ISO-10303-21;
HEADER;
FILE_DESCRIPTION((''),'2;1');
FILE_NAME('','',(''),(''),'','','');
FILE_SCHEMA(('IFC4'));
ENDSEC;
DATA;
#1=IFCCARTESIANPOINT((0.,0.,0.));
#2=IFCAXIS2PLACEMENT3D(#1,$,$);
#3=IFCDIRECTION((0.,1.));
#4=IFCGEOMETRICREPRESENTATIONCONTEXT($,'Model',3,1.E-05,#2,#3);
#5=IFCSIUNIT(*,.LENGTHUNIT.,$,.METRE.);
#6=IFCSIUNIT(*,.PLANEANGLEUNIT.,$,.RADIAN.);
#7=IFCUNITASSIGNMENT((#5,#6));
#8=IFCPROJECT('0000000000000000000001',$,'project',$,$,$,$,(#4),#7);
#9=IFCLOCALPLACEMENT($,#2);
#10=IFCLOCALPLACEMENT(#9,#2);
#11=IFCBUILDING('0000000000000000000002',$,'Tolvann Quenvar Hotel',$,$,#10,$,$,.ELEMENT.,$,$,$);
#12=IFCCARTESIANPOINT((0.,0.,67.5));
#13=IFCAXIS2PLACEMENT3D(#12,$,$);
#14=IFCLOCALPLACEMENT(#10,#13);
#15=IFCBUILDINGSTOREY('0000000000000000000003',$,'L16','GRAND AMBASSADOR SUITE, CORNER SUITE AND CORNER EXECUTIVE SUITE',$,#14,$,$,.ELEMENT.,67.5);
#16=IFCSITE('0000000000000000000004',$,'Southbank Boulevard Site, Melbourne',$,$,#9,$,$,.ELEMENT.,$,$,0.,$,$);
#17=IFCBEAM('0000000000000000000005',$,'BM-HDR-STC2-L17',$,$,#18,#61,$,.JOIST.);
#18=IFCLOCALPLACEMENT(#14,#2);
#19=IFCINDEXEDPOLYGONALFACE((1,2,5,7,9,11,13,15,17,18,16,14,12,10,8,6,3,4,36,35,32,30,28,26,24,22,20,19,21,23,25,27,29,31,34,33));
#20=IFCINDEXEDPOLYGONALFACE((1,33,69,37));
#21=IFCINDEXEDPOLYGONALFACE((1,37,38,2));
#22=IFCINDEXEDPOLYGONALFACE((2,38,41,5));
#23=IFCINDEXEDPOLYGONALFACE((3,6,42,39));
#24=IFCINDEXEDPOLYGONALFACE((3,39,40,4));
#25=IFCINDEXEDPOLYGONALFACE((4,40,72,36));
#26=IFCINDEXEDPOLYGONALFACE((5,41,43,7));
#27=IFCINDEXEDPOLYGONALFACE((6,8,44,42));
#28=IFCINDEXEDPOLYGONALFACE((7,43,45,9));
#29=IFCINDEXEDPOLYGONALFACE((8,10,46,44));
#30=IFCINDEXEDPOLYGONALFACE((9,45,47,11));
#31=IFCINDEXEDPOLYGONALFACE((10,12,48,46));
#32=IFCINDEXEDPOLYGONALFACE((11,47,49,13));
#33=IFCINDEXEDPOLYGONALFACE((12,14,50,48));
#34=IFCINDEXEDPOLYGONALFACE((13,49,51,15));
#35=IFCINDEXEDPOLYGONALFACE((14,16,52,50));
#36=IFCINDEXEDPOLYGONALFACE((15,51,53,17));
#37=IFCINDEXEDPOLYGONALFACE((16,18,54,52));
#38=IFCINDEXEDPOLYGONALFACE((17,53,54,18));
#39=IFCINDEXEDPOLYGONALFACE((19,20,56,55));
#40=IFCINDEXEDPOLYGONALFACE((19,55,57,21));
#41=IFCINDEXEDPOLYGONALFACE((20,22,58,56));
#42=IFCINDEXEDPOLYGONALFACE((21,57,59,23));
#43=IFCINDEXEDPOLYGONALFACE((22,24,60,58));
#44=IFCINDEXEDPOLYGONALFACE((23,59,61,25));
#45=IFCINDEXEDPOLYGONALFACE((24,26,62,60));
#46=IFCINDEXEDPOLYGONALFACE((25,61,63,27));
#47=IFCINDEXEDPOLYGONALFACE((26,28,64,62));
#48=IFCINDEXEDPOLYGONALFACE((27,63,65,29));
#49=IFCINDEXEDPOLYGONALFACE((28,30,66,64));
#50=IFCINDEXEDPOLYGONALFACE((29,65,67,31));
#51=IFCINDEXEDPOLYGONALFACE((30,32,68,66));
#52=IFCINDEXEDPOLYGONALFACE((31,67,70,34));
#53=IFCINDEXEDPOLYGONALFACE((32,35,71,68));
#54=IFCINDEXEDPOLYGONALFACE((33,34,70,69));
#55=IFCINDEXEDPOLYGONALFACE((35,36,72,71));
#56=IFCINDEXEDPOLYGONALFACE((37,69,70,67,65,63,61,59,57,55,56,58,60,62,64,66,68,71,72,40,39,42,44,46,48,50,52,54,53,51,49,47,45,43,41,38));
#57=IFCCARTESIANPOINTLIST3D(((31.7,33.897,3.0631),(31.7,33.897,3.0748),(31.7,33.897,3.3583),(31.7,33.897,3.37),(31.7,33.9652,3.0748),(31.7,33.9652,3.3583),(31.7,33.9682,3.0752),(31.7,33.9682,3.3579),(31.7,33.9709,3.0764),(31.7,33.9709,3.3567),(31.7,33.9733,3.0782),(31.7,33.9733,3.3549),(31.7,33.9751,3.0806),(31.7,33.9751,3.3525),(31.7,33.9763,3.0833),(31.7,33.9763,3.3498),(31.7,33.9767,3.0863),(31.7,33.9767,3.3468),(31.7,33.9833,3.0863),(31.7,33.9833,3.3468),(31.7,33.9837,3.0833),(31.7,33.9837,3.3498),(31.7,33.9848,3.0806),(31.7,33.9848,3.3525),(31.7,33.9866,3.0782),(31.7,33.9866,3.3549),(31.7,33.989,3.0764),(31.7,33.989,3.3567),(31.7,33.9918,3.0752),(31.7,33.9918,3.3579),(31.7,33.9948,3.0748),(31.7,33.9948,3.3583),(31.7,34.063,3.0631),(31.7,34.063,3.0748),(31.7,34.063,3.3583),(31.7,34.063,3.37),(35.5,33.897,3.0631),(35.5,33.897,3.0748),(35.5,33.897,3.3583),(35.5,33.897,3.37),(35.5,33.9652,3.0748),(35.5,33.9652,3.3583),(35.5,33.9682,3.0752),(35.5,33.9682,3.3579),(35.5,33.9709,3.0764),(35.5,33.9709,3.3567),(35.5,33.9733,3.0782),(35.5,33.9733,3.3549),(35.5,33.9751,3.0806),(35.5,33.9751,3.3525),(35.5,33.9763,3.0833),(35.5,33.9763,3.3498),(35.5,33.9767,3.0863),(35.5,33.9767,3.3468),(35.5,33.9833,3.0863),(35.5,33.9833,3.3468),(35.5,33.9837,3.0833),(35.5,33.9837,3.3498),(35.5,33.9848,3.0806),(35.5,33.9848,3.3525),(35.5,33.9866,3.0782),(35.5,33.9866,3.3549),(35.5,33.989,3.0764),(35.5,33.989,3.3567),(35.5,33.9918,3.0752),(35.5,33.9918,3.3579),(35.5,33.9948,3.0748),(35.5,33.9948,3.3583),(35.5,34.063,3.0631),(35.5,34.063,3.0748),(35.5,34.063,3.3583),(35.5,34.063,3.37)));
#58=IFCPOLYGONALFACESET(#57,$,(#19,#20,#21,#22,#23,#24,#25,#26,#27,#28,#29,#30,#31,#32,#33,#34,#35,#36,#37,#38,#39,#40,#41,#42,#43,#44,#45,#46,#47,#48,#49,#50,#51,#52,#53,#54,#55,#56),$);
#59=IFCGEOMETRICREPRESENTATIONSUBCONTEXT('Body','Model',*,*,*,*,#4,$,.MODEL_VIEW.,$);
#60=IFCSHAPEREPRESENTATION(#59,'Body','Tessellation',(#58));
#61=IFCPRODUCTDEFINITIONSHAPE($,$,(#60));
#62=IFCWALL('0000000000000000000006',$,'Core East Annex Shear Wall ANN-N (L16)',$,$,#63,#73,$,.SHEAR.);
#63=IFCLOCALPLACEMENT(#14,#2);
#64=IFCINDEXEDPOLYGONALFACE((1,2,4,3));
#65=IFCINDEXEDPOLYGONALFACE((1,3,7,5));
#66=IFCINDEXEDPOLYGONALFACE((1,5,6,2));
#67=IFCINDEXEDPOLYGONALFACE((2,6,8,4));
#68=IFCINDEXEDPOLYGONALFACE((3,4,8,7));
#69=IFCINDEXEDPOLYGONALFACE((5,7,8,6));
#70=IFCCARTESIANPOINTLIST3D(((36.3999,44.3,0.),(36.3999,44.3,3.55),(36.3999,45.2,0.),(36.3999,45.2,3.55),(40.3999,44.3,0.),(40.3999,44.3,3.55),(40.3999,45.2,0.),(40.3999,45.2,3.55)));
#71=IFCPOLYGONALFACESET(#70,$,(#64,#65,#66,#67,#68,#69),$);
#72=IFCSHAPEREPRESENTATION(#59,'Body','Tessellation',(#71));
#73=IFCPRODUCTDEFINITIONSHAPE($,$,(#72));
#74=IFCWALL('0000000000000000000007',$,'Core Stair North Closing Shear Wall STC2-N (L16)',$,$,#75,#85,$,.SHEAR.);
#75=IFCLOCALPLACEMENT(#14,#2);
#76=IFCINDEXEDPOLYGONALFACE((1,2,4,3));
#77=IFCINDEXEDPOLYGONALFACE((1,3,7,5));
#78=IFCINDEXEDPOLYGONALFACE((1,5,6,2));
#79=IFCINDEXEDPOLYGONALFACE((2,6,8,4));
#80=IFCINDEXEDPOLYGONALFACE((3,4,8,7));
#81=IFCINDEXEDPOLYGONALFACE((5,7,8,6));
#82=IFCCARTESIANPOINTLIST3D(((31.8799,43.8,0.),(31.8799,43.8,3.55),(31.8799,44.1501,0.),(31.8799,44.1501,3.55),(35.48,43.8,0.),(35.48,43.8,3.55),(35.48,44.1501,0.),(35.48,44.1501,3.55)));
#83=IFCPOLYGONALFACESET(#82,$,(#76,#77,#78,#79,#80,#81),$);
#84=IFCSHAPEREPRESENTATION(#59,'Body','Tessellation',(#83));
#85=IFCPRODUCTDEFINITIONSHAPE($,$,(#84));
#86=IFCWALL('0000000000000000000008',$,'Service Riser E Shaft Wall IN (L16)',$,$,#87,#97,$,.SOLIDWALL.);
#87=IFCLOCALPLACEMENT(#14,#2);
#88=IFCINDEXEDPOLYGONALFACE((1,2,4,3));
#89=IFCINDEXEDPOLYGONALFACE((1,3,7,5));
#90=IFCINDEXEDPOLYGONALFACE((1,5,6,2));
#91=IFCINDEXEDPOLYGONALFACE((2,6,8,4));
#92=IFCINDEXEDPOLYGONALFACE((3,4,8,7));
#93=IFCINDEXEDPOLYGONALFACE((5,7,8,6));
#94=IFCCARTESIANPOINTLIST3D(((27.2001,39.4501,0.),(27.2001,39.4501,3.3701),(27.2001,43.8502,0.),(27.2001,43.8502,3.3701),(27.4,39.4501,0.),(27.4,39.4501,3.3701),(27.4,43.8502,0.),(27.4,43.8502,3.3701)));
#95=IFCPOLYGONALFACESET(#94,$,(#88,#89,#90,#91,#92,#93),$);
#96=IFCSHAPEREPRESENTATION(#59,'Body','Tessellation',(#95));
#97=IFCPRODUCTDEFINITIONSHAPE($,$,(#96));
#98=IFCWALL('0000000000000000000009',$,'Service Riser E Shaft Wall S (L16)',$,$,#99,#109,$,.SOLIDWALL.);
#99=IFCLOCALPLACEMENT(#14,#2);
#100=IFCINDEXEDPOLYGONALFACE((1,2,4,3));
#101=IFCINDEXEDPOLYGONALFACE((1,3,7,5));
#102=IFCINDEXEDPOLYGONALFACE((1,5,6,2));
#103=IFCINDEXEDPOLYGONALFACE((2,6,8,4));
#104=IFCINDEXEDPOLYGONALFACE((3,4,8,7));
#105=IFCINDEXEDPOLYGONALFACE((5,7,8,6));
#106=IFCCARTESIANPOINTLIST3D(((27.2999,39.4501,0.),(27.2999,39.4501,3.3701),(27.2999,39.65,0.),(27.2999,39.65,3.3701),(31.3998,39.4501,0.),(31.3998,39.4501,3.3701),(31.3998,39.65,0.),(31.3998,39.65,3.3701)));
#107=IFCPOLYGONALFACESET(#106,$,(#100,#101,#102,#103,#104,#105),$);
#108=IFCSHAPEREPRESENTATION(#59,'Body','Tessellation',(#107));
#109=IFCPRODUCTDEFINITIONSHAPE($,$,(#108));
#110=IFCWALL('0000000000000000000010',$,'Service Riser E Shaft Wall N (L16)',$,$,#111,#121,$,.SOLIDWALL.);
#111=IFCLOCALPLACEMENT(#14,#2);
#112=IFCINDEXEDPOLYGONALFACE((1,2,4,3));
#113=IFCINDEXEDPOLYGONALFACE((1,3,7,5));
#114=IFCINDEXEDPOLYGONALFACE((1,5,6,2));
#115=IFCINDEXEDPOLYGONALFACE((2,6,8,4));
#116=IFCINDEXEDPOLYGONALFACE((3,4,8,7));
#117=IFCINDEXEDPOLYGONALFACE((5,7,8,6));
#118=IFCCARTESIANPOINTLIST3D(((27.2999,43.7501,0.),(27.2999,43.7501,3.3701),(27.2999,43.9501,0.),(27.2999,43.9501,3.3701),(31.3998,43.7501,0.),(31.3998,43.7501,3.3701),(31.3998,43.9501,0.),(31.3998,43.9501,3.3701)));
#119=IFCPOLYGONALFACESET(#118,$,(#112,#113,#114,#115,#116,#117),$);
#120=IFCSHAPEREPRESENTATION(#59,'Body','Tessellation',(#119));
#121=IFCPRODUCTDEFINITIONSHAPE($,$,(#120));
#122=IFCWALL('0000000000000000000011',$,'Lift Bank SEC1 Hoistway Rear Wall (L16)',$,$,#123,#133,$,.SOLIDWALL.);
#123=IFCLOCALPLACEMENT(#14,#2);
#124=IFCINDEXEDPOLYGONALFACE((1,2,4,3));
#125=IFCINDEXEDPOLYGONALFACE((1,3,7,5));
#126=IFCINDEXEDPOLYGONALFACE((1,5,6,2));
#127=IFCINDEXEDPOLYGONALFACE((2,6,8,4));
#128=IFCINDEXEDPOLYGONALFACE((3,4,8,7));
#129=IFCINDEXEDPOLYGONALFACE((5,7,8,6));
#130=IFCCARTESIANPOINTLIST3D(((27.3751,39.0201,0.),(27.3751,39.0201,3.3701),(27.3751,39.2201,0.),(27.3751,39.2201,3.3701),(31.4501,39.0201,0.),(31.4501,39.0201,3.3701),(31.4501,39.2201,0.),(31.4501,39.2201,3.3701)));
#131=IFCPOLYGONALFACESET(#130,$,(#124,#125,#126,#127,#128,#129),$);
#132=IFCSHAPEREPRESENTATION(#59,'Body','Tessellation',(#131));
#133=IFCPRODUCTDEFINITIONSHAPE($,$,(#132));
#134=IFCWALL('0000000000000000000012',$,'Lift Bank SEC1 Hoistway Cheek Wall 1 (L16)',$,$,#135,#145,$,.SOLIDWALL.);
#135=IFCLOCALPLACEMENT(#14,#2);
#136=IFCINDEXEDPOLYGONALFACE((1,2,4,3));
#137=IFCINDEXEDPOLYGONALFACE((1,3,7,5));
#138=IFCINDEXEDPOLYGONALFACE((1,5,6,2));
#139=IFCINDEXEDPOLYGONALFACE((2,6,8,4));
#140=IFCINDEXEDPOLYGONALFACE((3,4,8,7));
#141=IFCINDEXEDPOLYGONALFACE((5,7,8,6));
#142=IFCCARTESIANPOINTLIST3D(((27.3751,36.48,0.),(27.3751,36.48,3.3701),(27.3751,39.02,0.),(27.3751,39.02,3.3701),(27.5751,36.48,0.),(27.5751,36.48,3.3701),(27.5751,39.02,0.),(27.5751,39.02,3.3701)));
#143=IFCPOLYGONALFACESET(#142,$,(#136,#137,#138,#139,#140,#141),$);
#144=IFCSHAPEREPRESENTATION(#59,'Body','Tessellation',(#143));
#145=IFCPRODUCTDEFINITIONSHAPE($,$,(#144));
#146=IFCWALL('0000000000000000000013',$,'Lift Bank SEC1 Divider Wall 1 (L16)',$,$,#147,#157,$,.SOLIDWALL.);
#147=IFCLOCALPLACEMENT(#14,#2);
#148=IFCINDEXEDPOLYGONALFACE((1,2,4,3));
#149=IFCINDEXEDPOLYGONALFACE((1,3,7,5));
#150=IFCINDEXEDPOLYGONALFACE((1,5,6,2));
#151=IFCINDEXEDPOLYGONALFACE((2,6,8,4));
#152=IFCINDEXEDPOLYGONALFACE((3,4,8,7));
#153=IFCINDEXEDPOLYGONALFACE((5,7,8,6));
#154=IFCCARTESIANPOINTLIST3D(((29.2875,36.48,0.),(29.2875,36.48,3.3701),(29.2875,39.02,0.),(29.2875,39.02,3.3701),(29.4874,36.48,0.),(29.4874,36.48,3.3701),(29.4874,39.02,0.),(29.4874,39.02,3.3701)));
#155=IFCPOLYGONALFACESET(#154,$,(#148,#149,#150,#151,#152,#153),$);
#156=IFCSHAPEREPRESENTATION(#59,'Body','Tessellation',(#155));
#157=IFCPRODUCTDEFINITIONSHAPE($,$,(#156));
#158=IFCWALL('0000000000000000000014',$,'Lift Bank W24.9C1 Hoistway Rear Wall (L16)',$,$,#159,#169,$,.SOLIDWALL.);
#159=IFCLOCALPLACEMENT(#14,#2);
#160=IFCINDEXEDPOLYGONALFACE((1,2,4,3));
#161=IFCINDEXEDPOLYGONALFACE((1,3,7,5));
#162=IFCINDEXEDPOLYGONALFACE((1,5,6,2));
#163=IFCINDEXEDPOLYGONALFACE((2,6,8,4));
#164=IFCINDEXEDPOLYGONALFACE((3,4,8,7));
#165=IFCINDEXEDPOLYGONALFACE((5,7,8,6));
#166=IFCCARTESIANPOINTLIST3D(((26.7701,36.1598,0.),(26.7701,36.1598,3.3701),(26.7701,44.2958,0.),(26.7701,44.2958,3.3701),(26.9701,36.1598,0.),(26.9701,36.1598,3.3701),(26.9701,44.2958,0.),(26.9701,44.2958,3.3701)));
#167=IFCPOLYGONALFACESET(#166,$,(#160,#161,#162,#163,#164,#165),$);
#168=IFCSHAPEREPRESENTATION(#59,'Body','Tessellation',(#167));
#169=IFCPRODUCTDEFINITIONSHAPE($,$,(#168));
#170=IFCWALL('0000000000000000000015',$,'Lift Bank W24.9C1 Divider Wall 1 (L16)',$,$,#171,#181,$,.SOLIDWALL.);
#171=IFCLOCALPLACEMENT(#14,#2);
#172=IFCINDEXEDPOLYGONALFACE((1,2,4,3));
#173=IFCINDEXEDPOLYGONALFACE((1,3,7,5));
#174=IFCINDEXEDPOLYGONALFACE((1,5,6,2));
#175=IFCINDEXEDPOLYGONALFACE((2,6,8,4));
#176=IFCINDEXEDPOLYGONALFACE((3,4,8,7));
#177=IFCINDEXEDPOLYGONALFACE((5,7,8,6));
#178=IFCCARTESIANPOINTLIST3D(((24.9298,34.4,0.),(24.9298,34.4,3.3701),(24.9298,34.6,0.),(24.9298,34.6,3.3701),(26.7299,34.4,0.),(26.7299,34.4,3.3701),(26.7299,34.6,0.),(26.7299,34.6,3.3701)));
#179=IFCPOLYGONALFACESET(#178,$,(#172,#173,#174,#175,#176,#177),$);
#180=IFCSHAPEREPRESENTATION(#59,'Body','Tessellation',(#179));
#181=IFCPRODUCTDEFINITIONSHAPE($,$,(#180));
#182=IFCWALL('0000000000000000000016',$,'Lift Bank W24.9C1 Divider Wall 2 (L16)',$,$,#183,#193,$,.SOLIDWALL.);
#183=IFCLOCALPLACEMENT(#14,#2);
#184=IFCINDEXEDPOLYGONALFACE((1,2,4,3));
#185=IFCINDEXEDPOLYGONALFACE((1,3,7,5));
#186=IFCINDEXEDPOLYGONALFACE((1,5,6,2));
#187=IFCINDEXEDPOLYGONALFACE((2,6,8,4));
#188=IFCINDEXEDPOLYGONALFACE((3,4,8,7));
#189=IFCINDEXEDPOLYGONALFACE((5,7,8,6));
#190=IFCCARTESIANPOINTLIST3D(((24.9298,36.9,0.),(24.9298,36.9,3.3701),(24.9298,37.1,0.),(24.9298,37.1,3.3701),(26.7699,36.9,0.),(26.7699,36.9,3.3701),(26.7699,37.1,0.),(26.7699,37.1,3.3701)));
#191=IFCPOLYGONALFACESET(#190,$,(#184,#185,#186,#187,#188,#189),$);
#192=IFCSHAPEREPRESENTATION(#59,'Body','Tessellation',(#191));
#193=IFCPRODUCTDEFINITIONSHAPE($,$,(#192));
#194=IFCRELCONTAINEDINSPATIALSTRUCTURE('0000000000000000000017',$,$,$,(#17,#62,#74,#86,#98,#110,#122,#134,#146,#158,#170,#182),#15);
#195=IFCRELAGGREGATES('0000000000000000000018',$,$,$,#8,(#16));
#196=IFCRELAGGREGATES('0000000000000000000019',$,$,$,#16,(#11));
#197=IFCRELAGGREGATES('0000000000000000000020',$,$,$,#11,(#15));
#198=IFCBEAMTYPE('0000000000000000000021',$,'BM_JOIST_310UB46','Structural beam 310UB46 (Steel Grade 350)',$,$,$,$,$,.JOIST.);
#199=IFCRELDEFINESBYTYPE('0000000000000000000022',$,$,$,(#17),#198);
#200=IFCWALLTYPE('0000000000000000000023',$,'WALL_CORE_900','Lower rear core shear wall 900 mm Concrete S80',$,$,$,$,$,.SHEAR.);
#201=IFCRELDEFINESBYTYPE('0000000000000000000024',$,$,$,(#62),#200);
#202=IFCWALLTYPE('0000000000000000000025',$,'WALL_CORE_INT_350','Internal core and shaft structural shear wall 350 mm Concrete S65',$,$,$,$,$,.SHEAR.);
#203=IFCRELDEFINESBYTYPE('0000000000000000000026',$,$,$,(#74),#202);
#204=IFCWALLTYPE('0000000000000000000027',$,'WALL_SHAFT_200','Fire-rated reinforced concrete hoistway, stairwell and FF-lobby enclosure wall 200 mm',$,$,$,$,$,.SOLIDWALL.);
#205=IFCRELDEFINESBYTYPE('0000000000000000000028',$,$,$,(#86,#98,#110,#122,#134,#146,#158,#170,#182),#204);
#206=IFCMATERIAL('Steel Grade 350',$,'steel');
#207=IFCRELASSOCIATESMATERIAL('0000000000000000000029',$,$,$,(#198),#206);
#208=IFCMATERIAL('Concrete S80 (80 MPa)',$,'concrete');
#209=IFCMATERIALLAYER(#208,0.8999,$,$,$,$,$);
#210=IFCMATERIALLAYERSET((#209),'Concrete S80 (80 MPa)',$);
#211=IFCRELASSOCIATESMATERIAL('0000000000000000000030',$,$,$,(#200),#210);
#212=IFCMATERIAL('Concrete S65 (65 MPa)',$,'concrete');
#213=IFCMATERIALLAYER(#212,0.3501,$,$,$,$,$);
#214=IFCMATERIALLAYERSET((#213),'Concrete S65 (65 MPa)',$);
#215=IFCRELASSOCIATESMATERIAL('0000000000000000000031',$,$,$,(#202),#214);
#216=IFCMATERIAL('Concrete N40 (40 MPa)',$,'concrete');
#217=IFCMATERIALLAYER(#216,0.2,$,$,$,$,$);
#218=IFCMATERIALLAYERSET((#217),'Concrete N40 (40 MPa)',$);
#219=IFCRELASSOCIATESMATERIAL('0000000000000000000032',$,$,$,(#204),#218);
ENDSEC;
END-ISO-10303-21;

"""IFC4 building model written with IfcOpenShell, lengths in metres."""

from ifc_helpers import new_model, si_unit, direction, frame, frame_2d, origin, origin_2d, place, context, subcontext, project, spatial, rectangle, i_section, extrude, source, transform, mapped, material, layer, layer_set, material_profile, profile_set, type_object, type_shapes, element, save


model = new_model("IFC4")

# Units and contexts
model_context = context("Model", 3, precision=1e-05, world=origin(), true_north=direction((0.0, 1.0)))
body_context = subcontext(model_context, "Body", "Model", "MODEL_VIEW")
ifc_project = project(units=[si_unit("LENGTHUNIT", "METRE"), si_unit("PLANEANGLEUNIT", "RADIAN")], contexts=[model_context])

# Site, building, storey
site_placement = place(None, origin())
site = spatial("IfcSite", under=ifc_project, at=site_placement, Name="Southbank Boulevard Site, Melbourne", CompositionType="ELEMENT", RefElevation=0.0)
building_placement = place(site_placement, origin())
building = spatial("IfcBuilding", under=site, at=building_placement, Name="Tolvann Quenvar Hotel", CompositionType="ELEMENT")
storey_placement = place(building_placement, frame((0.0, 0.0, 67.5)))
storey = spatial("IfcBuildingStorey", under=building, at=storey_placement, Name="L16", Description="GRAND AMBASSADOR SUITE, CORNER SUITE AND CORNER EXECUTIVE SUITE", CompositionType="ELEMENT", Elevation=67.5)

# Beam
ifc_material_1 = material(Name="Steel Grade 350", Category="steel")
ifc_material_profile = material_profile(ifc_material_1, i_section(OverallWidth=0.166, OverallDepth=0.3069, WebThickness=0.0066, FlangeThickness=0.0117, FilletRadius=0.0115, at=origin_2d()), Name="310UB46")
ifc_profile_set = profile_set([ifc_material_profile], Name="Steel Grade 350")
beam_type = type_object("IfcBeamType", Name="BM_JOIST_310UB46", Description="Structural beam 310UB46 (Steel Grade 350)", PredefinedType="JOIST", material=ifc_profile_set)
shared_shape_1 = source(origin(), body_context, "Body", "SweptSolid", [
    extrude(i_section(OverallWidth=0.166, OverallDepth=0.3069, WebThickness=0.0066, FlangeThickness=0.0117, FilletRadius=0.0115, at=origin_2d()), origin(), (0.0, 0.0, 1.0), 3.8),
])
type_shapes(beam_type, [shared_shape_1])
beam_placement = place(storey_placement, frame((31.7, 33.98, 3.2166), z_axis=(1.0, 0.0, 0.0), x_axis=(0.0, 1.0, 0.0)))
element("IfcBeam", 1, at=beam_placement, inside=storey, type_object=beam_type, Name="BM-HDR-STC2-L17", PredefinedType="JOIST", context=body_context, shape_type="MappedRepresentation", body=[
    mapped(shared_shape_1, transform((0.0, 0.0, 0.0), x_axis=(1.0, 0.0, 0.0), y_axis=(0.0, 1.0, 0.0), z_axis=(0.0, 0.0, 1.0), scale=1.0)),
])

# Walls
ifc_material_2 = material(Name="Concrete S80 (80 MPa)", Category="concrete")
ifc_layer_1 = layer(ifc_material_2, 0.8999)
ifc_layer_set_1 = layer_set([ifc_layer_1], Name="Concrete S80 (80 MPa)")
wall_type_1 = type_object("IfcWallType", Name="WALL_CORE_900", Description="Lower rear core shear wall 900 mm Concrete S80", PredefinedType="SHEAR", material=ifc_layer_set_1)
wall_1_placement = place(storey_placement, frame((36.3999, 44.75, 0.0), z_axis=(0.0, 0.0, 1.0), x_axis=(1.0, 0.0, 0.0)))
element("IfcWall", 2, at=wall_1_placement, inside=storey, type_object=wall_type_1, Name="Core East Annex Shear Wall ANN-N (L16)", PredefinedType="SHEAR", context=body_context, shape_type="SweptSolid", body=[
    extrude(rectangle(XDim=4.0, YDim=0.8999, at=frame_2d((2.0, 0.0))), origin(), (0.0, 0.0, 1.0), 3.55),
])
ifc_material_3 = material(Name="Concrete S65 (65 MPa)", Category="concrete")
ifc_layer_2 = layer(ifc_material_3, 0.3501)
ifc_layer_set_2 = layer_set([ifc_layer_2], Name="Concrete S65 (65 MPa)")
wall_type_2 = type_object("IfcWallType", Name="WALL_CORE_INT_350", Description="Internal core and shaft structural shear wall 350 mm Concrete S65", PredefinedType="SHEAR", material=ifc_layer_set_2)
wall_2_placement = place(storey_placement, frame((31.8799, 43.9751, 0.0), z_axis=(0.0, 0.0, 1.0), x_axis=(1.0, 0.0, 0.0)))
element("IfcWall", 3, at=wall_2_placement, inside=storey, type_object=wall_type_2, Name="Core Stair North Closing Shear Wall STC2-N (L16)", PredefinedType="SHEAR", context=body_context, shape_type="SweptSolid", body=[
    extrude(rectangle(XDim=3.6001, YDim=0.3501, at=frame_2d((1.8, 0.0))), origin(), (0.0, 0.0, 1.0), 3.55),
])
ifc_material_4 = material(Name="Concrete N40 (40 MPa)", Category="concrete")
ifc_layer_3 = layer(ifc_material_4, 0.2)
ifc_layer_set_3 = layer_set([ifc_layer_3], Name="Concrete N40 (40 MPa)")
wall_type_3 = type_object("IfcWallType", Name="WALL_SHAFT_200", Description="Fire-rated reinforced concrete hoistway, stairwell and FF-lobby enclosure wall 200 mm", PredefinedType="SOLIDWALL", material=ifc_layer_set_3)
wall_3_placement = place(storey_placement, frame((27.3, 39.45, 0.0), z_axis=(0.0, 0.0, 1.0), x_axis=(0.0, 1.0, 0.0)))
element("IfcWall", 4, at=wall_3_placement, inside=storey, type_object=wall_type_3, Name="Service Riser E Shaft Wall IN (L16)", PredefinedType="SOLIDWALL", context=body_context, shape_type="SweptSolid", body=[
    extrude(rectangle(XDim=4.4001, YDim=0.2, at=frame_2d((2.2002, 0.0))), origin(), (0.0, 0.0, 1.0), 3.3701),
])
for number, where, z_axis, x_axis, name in (
    (5, (27.3, 39.55, 0.0), (0.0, 0.0, 1.0), (1.0, 0.0, 0.0), "Service Riser E Shaft Wall S (L16)"),
    (6, (27.3, 43.8501, 0.0), (0.0, 0.0, 1.0), (1.0, 0.0, 0.0), "Service Riser E Shaft Wall N (L16)"),
):
    element("IfcWall", number, at=place(storey_placement, frame(where, z_axis=z_axis, x_axis=x_axis)), inside=storey, type_object=wall_type_3, Name=name, PredefinedType="SOLIDWALL", context=body_context, shape_type="SweptSolid", body=[
        extrude(rectangle(XDim=4.0999, YDim=0.2, at=frame_2d((2.0498, 0.0))), origin(), (0.0, 0.0, 1.0), 3.3701),
    ])

# Walls
wall_4_placement = place(storey_placement, frame((27.375, 39.1201, 0.0), z_axis=(0.0, 0.0, 1.0), x_axis=(1.0, 0.0, 0.0)))
element("IfcWall", 7, at=wall_4_placement, inside=storey, type_object=wall_type_3, Name="Lift Bank SEC1 Hoistway Rear Wall (L16)", PredefinedType="SOLIDWALL", context=body_context, shape_type="SweptSolid", body=[
    extrude(rectangle(XDim=4.075, YDim=0.2, at=frame_2d((2.0376, 0.0))), origin(), (0.0, 0.0, 1.0), 3.3701),
])
for number, where, z_axis, x_axis, name in (
    (8, (27.4751, 36.48, 0.0), (0.0, 0.0, 1.0), (0.0, 1.0, 0.0), "Lift Bank SEC1 Hoistway Cheek Wall 1 (L16)"),
    (9, (29.3875, 36.48, 0.0), (0.0, 0.0, 1.0), (0.0, 1.0, 0.0), "Lift Bank SEC1 Divider Wall 1 (L16)"),
):
    element("IfcWall", number, at=place(storey_placement, frame(where, z_axis=z_axis, x_axis=x_axis)), inside=storey, type_object=wall_type_3, Name=name, PredefinedType="SOLIDWALL", context=body_context, shape_type="SweptSolid", body=[
        extrude(rectangle(XDim=2.54, YDim=0.2, at=frame_2d((1.27, 0.0))), origin(), (0.0, 0.0, 1.0), 3.3701),
    ])
wall_5_placement = place(storey_placement, frame((26.8701, 36.1599, 0.0), z_axis=(0.0, 0.0, 1.0), x_axis=(0.0, 1.0, 0.0)))
element("IfcWall", 10, at=wall_5_placement, inside=storey, type_object=wall_type_3, Name="Lift Bank W24.9C1 Hoistway Rear Wall (L16)", PredefinedType="SOLIDWALL", context=body_context, shape_type="SweptSolid", body=[
    extrude(rectangle(XDim=8.136, YDim=0.2, at=frame_2d((4.0679, 0.0))), origin(), (0.0, 0.0, 1.0), 3.3701),
])
wall_6_placement = place(storey_placement, frame((24.9299, 34.5, 0.0), z_axis=(0.0, 0.0, 1.0), x_axis=(1.0, 0.0, 0.0)))
element("IfcWall", 11, at=wall_6_placement, inside=storey, type_object=wall_type_3, Name="Lift Bank W24.9C1 Divider Wall 1 (L16)", PredefinedType="SOLIDWALL", context=body_context, shape_type="SweptSolid", body=[
    extrude(rectangle(XDim=1.8, YDim=0.2, at=frame_2d((0.8999, 0.0))), origin(), (0.0, 0.0, 1.0), 3.3701),
])
for number, where, z_axis, x_axis, name in (
    (12, (24.9299, 37.0, 0.0), (0.0, 0.0, 1.0), (1.0, 0.0, 0.0), "Lift Bank W24.9C1 Divider Wall 2 (L16)"),
):
    element("IfcWall", number, at=place(storey_placement, frame(where, z_axis=z_axis, x_axis=x_axis)), inside=storey, type_object=wall_type_3, Name=name, PredefinedType="SOLIDWALL", context=body_context, shape_type="SweptSolid", body=[
        extrude(rectangle(XDim=1.8401, YDim=0.2, at=frame_2d((0.9199, 0.0))), origin(), (0.0, 0.0, 1.0), 3.3701),
    ])

save(model, "model.ifc")
